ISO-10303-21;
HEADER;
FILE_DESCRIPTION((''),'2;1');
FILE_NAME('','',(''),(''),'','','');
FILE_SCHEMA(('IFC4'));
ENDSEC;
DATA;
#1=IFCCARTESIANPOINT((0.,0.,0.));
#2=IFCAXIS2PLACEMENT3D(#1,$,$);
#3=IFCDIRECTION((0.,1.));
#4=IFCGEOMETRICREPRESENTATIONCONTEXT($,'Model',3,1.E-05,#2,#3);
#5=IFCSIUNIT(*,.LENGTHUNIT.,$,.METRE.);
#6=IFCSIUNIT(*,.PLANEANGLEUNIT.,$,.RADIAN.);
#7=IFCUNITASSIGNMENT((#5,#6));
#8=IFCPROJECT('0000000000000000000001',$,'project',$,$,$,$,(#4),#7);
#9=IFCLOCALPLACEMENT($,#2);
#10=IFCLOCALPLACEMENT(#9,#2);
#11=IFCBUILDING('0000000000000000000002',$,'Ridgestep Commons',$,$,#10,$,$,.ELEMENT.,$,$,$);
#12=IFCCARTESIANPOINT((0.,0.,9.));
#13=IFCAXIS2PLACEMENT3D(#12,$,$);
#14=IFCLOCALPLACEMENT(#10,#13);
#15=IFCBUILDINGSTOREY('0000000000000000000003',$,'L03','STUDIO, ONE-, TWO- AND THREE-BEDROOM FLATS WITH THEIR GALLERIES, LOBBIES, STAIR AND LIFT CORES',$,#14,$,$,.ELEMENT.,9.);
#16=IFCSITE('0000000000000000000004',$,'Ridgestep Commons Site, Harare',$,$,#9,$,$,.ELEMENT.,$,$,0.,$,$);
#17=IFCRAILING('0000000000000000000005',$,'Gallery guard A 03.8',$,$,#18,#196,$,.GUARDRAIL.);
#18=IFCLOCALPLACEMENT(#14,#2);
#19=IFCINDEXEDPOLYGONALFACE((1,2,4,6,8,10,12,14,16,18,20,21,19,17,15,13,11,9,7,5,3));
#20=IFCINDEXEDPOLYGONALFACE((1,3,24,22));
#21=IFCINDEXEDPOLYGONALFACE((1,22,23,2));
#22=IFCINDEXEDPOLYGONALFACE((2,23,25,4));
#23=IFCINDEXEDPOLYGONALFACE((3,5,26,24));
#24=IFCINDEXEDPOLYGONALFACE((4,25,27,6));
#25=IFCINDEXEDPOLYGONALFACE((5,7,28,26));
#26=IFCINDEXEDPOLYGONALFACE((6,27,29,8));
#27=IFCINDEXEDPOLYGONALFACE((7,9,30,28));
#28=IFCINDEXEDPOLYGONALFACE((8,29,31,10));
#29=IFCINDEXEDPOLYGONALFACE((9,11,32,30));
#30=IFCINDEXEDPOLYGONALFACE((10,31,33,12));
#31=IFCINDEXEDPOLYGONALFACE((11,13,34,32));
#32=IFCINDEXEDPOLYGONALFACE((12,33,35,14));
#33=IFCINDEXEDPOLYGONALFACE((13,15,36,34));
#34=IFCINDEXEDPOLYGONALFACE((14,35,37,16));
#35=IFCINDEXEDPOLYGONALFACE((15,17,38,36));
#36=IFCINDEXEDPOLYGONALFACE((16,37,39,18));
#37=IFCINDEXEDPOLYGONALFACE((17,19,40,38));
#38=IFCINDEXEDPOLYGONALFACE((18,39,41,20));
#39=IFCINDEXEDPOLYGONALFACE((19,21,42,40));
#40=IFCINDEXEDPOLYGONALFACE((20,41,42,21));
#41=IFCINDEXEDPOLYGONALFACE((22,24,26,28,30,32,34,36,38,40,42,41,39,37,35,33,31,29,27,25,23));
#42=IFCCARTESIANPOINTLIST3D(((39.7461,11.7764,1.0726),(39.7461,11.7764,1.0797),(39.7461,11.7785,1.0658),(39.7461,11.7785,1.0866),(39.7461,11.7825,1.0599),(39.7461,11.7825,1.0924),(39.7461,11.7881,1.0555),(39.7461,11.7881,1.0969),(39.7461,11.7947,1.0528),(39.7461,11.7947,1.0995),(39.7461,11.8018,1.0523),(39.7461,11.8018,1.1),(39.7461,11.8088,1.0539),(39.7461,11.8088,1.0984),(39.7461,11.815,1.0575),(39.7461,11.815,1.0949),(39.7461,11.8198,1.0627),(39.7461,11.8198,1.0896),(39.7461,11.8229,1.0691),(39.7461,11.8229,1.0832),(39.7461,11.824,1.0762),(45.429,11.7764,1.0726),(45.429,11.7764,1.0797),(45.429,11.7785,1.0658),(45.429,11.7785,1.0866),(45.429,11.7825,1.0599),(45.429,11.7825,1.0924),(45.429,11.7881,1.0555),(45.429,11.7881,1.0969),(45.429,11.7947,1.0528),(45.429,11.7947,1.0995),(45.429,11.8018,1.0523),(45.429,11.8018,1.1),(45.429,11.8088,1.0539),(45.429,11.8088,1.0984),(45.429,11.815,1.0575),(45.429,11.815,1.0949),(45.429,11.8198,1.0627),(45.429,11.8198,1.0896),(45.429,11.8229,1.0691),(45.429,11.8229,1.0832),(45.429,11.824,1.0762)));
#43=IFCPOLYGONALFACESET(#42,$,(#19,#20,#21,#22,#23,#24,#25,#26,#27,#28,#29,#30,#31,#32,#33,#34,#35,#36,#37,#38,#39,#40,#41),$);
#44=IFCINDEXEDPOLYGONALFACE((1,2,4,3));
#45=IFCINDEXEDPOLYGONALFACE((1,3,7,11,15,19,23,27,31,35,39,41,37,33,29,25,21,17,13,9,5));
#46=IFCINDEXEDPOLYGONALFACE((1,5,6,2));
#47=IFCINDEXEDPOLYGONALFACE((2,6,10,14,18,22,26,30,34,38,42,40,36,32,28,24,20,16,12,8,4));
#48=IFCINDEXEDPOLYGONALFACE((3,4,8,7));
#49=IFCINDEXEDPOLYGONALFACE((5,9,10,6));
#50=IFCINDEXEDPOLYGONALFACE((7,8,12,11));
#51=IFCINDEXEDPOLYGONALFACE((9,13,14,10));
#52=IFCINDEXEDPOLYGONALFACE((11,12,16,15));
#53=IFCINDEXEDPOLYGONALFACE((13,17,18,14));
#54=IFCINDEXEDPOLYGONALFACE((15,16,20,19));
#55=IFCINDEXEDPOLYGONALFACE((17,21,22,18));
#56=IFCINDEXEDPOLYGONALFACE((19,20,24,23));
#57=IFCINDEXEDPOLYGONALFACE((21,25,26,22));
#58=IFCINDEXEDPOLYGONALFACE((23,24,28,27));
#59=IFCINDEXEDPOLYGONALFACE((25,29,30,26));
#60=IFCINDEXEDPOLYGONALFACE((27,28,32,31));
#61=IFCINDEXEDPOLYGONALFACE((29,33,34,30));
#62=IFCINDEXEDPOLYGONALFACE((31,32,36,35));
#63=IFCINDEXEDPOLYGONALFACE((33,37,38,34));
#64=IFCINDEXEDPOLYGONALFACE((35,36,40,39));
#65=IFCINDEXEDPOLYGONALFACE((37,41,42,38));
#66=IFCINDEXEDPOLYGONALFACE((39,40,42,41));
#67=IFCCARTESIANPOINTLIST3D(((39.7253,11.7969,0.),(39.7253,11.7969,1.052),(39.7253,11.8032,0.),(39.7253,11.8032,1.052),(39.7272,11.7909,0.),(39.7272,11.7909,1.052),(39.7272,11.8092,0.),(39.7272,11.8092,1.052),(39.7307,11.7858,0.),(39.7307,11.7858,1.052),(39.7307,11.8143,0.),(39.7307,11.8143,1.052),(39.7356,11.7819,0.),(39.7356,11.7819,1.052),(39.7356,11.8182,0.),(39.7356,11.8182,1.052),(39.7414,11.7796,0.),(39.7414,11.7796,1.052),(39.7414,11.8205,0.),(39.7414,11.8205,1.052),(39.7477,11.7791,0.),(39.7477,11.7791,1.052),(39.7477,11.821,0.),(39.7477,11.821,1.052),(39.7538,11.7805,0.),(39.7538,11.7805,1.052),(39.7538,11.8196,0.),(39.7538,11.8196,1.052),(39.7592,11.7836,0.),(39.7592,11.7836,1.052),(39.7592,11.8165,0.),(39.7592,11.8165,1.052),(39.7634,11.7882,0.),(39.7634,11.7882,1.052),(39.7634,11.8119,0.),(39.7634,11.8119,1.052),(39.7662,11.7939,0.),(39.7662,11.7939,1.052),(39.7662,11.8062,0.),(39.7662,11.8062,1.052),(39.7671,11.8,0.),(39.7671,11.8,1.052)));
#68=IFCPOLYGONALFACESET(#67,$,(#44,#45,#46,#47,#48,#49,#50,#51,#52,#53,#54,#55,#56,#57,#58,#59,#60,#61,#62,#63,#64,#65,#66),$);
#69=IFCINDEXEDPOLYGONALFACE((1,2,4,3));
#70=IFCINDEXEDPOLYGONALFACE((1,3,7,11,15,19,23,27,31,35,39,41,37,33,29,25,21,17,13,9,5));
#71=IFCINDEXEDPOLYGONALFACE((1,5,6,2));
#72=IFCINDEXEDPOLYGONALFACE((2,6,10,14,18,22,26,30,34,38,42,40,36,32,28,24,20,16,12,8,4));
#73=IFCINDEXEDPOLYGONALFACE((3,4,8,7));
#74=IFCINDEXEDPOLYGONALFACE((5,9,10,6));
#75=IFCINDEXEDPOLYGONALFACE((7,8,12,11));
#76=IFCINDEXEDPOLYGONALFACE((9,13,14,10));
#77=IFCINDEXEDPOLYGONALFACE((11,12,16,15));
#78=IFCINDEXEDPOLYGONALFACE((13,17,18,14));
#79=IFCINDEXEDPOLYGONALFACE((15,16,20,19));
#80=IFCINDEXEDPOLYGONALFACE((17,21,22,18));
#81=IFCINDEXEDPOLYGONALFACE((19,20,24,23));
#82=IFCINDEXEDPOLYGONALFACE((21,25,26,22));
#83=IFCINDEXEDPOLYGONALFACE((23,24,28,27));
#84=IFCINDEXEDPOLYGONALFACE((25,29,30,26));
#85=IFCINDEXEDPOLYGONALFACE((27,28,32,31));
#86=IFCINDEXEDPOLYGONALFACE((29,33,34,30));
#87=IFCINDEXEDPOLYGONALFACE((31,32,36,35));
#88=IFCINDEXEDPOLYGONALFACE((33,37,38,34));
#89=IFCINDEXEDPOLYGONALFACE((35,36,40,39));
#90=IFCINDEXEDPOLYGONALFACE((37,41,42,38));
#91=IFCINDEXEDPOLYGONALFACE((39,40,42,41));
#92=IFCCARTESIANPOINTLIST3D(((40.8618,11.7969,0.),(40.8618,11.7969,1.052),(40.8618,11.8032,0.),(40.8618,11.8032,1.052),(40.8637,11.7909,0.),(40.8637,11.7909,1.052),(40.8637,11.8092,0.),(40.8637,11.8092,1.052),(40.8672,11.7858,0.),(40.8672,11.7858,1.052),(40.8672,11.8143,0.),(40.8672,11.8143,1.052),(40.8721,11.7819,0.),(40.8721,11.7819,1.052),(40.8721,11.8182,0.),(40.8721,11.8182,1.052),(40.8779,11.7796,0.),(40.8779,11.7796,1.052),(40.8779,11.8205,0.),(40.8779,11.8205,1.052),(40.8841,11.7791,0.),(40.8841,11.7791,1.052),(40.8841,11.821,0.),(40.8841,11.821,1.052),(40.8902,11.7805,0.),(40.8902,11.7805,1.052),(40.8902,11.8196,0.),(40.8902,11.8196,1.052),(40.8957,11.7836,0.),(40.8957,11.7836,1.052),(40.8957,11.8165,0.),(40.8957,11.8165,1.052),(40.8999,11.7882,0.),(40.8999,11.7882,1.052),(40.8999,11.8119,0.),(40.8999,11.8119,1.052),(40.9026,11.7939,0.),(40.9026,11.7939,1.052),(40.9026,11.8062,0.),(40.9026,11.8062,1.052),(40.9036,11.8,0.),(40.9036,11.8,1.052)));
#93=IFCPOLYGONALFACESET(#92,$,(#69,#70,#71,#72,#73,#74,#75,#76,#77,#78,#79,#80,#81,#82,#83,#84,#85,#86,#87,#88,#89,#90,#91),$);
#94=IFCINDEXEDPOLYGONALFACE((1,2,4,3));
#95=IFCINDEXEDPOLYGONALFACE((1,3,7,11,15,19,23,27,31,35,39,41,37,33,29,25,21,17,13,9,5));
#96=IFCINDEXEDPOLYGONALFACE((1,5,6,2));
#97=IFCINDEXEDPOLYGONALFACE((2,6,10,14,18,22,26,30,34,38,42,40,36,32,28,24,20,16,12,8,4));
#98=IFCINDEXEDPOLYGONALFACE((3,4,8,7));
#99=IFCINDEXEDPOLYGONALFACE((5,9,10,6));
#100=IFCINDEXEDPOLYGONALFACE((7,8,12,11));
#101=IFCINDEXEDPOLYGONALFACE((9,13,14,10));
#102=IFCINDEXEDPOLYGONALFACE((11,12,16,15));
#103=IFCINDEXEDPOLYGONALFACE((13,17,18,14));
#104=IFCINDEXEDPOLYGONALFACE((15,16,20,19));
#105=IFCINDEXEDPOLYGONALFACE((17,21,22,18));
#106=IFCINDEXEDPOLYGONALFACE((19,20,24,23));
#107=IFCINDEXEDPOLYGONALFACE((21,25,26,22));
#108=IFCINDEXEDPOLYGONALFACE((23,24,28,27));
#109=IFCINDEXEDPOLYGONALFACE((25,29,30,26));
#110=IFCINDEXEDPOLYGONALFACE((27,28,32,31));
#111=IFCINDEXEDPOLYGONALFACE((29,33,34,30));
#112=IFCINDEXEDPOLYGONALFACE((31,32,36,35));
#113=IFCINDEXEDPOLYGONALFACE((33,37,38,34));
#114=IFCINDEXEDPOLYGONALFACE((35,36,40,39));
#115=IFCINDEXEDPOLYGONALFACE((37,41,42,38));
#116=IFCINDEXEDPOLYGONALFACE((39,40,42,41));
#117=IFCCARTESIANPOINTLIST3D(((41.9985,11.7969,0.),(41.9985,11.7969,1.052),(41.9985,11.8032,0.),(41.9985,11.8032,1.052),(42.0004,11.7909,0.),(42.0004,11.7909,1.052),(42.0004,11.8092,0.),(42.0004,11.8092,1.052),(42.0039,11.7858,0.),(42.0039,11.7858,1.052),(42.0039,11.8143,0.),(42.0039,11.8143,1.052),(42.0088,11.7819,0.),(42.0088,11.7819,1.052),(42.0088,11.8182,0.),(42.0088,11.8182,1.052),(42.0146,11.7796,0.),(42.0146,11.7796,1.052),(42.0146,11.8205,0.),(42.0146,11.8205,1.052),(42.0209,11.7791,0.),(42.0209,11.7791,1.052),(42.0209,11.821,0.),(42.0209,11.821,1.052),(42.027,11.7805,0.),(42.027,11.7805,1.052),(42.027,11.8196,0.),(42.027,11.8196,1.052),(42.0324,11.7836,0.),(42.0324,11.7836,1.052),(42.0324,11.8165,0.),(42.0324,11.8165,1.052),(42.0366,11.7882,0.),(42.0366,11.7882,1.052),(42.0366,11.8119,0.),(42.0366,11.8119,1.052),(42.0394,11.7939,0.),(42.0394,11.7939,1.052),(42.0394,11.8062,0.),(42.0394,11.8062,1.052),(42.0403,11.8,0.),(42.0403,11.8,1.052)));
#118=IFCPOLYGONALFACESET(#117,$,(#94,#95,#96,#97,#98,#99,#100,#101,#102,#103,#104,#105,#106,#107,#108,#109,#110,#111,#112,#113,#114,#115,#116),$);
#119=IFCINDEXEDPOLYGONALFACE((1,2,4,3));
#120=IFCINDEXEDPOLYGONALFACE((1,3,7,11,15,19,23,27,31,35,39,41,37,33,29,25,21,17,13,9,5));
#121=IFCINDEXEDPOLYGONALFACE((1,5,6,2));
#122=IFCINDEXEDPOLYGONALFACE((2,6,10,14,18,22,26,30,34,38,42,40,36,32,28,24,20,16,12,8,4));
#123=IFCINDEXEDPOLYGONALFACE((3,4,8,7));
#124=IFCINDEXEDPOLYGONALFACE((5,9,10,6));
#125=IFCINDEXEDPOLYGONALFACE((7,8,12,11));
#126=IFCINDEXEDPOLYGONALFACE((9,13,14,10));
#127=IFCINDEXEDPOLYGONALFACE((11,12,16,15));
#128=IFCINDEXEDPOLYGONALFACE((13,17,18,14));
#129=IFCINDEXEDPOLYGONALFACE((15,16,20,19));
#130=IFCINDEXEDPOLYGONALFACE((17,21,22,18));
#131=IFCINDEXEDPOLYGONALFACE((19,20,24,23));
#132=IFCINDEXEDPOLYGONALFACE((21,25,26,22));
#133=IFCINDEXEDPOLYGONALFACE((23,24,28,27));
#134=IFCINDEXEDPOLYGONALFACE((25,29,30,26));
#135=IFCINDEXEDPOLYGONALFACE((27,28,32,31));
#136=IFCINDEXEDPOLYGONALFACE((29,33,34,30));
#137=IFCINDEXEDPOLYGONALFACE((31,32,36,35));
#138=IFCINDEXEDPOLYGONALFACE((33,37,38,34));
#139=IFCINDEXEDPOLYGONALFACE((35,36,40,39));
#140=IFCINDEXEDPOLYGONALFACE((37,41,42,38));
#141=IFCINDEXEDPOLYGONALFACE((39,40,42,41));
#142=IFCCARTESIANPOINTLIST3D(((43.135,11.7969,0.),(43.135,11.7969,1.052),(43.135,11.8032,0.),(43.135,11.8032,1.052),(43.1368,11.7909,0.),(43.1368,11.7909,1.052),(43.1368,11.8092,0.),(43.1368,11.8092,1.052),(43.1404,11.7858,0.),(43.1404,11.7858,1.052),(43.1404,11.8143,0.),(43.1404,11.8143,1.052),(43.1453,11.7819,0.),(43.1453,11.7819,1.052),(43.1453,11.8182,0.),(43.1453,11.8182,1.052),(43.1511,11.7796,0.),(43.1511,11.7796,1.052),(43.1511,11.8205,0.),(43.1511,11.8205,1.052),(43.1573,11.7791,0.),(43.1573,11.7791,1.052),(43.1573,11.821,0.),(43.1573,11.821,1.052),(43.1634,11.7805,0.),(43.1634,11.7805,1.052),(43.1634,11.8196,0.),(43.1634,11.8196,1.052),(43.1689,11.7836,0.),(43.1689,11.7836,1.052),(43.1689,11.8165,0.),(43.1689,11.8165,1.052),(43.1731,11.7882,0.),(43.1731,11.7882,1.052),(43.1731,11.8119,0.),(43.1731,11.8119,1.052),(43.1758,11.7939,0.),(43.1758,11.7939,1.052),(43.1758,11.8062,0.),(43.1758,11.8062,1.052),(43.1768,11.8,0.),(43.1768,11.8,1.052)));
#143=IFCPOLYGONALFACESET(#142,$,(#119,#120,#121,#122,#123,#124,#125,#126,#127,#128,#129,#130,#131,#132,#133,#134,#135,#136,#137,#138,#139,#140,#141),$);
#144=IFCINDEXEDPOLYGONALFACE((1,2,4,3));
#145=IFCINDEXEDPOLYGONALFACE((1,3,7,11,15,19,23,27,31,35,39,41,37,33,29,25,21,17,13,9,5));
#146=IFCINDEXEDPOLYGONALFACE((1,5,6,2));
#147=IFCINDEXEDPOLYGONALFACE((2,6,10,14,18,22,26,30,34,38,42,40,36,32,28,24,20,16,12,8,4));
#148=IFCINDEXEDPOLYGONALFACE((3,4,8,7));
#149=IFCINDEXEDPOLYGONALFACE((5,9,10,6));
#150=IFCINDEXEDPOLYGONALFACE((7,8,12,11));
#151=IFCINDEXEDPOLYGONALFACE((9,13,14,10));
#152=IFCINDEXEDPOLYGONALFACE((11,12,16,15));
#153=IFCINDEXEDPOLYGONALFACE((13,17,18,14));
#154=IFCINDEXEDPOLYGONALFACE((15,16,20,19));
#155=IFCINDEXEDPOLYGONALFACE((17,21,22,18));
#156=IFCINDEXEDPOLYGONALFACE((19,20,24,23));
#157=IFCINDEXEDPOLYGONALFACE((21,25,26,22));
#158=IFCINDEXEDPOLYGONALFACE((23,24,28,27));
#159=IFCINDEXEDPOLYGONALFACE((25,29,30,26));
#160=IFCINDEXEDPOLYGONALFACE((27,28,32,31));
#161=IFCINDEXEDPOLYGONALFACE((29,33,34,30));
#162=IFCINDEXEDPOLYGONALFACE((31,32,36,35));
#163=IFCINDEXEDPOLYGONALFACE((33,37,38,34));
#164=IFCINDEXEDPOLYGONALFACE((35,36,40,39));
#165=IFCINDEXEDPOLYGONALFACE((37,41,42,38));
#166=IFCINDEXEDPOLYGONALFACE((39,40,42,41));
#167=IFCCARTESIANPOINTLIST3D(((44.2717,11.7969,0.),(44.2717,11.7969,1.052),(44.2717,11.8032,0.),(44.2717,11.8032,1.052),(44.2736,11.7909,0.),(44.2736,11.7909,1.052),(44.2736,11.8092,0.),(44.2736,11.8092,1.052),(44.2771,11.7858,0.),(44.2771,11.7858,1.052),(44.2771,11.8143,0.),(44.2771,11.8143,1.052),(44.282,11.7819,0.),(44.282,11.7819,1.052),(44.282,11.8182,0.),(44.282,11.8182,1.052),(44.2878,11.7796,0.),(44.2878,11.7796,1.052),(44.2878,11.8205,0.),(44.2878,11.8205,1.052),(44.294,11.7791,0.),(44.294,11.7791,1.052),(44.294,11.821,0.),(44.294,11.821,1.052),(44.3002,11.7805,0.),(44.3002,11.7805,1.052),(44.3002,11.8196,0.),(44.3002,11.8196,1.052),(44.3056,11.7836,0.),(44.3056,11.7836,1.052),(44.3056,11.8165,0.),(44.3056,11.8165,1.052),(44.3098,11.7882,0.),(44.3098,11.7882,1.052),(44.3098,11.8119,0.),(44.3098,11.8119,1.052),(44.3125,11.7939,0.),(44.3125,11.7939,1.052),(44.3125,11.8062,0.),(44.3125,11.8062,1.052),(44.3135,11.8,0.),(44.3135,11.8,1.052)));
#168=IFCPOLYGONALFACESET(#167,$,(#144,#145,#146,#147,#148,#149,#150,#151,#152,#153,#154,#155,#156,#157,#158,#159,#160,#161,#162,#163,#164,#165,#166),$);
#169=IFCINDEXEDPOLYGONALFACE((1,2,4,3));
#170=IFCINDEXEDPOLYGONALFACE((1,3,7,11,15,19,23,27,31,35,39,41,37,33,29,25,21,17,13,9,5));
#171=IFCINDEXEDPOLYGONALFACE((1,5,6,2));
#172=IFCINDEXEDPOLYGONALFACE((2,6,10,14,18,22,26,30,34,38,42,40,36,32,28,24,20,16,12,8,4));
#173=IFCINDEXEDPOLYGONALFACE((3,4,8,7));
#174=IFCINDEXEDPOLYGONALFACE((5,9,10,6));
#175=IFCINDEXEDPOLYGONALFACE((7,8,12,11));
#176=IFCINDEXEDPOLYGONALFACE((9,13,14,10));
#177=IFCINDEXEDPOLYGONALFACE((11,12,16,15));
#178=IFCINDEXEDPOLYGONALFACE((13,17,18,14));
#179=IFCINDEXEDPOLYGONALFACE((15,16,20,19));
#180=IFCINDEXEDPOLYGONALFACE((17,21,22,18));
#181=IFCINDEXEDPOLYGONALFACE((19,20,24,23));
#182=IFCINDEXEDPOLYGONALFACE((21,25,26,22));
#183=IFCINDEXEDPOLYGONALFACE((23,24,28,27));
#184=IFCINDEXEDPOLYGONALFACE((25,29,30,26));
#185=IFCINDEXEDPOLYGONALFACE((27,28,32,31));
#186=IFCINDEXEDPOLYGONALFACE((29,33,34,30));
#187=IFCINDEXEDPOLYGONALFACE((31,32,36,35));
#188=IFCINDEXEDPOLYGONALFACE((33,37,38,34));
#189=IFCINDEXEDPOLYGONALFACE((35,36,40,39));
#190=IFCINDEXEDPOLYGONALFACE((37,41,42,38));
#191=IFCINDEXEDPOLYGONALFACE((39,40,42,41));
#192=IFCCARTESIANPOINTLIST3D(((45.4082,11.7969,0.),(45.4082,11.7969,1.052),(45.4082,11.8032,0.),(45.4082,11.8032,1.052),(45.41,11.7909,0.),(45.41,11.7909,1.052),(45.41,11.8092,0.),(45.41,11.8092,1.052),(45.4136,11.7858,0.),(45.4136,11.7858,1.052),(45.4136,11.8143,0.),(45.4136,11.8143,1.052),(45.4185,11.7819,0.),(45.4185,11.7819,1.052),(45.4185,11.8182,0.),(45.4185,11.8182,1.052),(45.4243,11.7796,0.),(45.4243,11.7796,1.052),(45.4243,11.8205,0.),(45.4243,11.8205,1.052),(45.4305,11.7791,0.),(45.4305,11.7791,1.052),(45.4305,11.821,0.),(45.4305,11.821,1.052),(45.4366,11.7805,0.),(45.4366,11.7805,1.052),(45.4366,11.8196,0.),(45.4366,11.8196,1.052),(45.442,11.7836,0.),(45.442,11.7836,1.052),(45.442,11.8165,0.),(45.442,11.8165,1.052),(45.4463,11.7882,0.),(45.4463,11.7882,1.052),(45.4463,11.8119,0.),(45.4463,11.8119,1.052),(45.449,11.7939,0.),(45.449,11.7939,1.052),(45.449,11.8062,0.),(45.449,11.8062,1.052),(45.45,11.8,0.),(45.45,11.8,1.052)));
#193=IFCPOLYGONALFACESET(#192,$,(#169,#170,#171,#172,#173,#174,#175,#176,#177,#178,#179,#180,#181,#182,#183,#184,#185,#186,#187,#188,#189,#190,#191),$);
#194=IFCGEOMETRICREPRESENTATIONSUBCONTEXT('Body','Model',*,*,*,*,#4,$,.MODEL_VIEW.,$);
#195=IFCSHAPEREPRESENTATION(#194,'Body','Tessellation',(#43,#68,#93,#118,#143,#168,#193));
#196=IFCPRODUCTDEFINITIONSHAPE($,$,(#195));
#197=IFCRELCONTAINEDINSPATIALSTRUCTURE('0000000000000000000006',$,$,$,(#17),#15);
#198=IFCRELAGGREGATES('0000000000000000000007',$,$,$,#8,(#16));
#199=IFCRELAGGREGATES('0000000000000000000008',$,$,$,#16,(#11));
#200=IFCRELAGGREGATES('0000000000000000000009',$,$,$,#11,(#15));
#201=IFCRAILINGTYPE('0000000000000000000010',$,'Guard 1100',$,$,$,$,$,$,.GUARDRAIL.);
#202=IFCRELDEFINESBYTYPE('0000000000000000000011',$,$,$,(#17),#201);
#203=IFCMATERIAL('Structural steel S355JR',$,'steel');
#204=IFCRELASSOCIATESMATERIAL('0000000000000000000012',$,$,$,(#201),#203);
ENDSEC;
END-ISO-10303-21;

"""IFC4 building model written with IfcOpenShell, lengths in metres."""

from ifc_helpers import new_model, si_unit, direction, frame, origin, origin_2d, place, context, subcontext, project, spatial, circle, extrude, material, type_object, element, save


model = new_model("IFC4")

# Units and contexts
model_context = context("Model", 3, precision=1e-05, world=origin(), true_north=direction((0.0, 1.0)))
body_context = subcontext(model_context, "Body", "Model", "MODEL_VIEW")
ifc_project = project(units=[si_unit("LENGTHUNIT", "METRE"), si_unit("PLANEANGLEUNIT", "RADIAN")], contexts=[model_context])

# Site, building, storey
site_placement = place(None, origin())
site = spatial("IfcSite", under=ifc_project, at=site_placement, Name="Ridgestep Commons Site, Harare", CompositionType="ELEMENT", RefElevation=0.0)
building_placement = place(site_placement, origin())
building = spatial("IfcBuilding", under=site, at=building_placement, Name="Ridgestep Commons", CompositionType="ELEMENT")
storey_placement = place(building_placement, frame((0.0, 0.0, 9.0)))
storey = spatial("IfcBuildingStorey", under=building, at=storey_placement, Name="L03", Description="STUDIO, ONE-, TWO- AND THREE-BEDROOM FLATS WITH THEIR GALLERIES, LOBBIES, STAIR AND LIFT CORES", CompositionType="ELEMENT", Elevation=9.0)

# Railing
ifc_material_1 = material(Name="Structural steel S355JR", Category="steel")
railing_type = type_object("IfcRailingType", Name="Guard 1100", PredefinedType="GUARDRAIL", material=ifc_material_1)
railing_1_placement = place(storey_placement, frame((39.7461, 11.8, 0.0)))
element("IfcRailing", 1, at=railing_1_placement, inside=storey, type_object=railing_type, Name="Gallery guard A 03.8", PredefinedType="GUARDRAIL", context=body_context, shape_type="SweptSolid", body=[
    extrude(circle(Radius=0.0239, at=origin_2d()), frame((0.0, 0.0, 1.0762), z_axis=(1.0, 0.0, 0.0), x_axis=(0.0, 1.0, 0.0)), (0.0, 0.0, 1.0), 5.6829),
    extrude(circle(Radius=0.021, at=origin_2d()), origin(), (0.0, 0.0, 1.0), 1.052),
    extrude(circle(Radius=0.021, at=origin_2d()), frame((1.1365, 0.0, 0.0)), (0.0, 0.0, 1.0), 1.052),
    extrude(circle(Radius=0.021, at=origin_2d()), frame((2.2732, 0.0, 0.0)), (0.0, 0.0, 1.0), 1.052),
    extrude(circle(Radius=0.021, at=origin_2d()), frame((3.4097, 0.0, 0.0)), (0.0, 0.0, 1.0), 1.052),
    extrude(circle(Radius=0.021, at=origin_2d()), frame((4.5464, 0.0, 0.0)), (0.0, 0.0, 1.0), 1.052),
    extrude(circle(Radius=0.021, at=origin_2d()), frame((5.6829, 0.0, 0.0)), (0.0, 0.0, 1.0), 1.052),
])

save(model, "model.ifc")
